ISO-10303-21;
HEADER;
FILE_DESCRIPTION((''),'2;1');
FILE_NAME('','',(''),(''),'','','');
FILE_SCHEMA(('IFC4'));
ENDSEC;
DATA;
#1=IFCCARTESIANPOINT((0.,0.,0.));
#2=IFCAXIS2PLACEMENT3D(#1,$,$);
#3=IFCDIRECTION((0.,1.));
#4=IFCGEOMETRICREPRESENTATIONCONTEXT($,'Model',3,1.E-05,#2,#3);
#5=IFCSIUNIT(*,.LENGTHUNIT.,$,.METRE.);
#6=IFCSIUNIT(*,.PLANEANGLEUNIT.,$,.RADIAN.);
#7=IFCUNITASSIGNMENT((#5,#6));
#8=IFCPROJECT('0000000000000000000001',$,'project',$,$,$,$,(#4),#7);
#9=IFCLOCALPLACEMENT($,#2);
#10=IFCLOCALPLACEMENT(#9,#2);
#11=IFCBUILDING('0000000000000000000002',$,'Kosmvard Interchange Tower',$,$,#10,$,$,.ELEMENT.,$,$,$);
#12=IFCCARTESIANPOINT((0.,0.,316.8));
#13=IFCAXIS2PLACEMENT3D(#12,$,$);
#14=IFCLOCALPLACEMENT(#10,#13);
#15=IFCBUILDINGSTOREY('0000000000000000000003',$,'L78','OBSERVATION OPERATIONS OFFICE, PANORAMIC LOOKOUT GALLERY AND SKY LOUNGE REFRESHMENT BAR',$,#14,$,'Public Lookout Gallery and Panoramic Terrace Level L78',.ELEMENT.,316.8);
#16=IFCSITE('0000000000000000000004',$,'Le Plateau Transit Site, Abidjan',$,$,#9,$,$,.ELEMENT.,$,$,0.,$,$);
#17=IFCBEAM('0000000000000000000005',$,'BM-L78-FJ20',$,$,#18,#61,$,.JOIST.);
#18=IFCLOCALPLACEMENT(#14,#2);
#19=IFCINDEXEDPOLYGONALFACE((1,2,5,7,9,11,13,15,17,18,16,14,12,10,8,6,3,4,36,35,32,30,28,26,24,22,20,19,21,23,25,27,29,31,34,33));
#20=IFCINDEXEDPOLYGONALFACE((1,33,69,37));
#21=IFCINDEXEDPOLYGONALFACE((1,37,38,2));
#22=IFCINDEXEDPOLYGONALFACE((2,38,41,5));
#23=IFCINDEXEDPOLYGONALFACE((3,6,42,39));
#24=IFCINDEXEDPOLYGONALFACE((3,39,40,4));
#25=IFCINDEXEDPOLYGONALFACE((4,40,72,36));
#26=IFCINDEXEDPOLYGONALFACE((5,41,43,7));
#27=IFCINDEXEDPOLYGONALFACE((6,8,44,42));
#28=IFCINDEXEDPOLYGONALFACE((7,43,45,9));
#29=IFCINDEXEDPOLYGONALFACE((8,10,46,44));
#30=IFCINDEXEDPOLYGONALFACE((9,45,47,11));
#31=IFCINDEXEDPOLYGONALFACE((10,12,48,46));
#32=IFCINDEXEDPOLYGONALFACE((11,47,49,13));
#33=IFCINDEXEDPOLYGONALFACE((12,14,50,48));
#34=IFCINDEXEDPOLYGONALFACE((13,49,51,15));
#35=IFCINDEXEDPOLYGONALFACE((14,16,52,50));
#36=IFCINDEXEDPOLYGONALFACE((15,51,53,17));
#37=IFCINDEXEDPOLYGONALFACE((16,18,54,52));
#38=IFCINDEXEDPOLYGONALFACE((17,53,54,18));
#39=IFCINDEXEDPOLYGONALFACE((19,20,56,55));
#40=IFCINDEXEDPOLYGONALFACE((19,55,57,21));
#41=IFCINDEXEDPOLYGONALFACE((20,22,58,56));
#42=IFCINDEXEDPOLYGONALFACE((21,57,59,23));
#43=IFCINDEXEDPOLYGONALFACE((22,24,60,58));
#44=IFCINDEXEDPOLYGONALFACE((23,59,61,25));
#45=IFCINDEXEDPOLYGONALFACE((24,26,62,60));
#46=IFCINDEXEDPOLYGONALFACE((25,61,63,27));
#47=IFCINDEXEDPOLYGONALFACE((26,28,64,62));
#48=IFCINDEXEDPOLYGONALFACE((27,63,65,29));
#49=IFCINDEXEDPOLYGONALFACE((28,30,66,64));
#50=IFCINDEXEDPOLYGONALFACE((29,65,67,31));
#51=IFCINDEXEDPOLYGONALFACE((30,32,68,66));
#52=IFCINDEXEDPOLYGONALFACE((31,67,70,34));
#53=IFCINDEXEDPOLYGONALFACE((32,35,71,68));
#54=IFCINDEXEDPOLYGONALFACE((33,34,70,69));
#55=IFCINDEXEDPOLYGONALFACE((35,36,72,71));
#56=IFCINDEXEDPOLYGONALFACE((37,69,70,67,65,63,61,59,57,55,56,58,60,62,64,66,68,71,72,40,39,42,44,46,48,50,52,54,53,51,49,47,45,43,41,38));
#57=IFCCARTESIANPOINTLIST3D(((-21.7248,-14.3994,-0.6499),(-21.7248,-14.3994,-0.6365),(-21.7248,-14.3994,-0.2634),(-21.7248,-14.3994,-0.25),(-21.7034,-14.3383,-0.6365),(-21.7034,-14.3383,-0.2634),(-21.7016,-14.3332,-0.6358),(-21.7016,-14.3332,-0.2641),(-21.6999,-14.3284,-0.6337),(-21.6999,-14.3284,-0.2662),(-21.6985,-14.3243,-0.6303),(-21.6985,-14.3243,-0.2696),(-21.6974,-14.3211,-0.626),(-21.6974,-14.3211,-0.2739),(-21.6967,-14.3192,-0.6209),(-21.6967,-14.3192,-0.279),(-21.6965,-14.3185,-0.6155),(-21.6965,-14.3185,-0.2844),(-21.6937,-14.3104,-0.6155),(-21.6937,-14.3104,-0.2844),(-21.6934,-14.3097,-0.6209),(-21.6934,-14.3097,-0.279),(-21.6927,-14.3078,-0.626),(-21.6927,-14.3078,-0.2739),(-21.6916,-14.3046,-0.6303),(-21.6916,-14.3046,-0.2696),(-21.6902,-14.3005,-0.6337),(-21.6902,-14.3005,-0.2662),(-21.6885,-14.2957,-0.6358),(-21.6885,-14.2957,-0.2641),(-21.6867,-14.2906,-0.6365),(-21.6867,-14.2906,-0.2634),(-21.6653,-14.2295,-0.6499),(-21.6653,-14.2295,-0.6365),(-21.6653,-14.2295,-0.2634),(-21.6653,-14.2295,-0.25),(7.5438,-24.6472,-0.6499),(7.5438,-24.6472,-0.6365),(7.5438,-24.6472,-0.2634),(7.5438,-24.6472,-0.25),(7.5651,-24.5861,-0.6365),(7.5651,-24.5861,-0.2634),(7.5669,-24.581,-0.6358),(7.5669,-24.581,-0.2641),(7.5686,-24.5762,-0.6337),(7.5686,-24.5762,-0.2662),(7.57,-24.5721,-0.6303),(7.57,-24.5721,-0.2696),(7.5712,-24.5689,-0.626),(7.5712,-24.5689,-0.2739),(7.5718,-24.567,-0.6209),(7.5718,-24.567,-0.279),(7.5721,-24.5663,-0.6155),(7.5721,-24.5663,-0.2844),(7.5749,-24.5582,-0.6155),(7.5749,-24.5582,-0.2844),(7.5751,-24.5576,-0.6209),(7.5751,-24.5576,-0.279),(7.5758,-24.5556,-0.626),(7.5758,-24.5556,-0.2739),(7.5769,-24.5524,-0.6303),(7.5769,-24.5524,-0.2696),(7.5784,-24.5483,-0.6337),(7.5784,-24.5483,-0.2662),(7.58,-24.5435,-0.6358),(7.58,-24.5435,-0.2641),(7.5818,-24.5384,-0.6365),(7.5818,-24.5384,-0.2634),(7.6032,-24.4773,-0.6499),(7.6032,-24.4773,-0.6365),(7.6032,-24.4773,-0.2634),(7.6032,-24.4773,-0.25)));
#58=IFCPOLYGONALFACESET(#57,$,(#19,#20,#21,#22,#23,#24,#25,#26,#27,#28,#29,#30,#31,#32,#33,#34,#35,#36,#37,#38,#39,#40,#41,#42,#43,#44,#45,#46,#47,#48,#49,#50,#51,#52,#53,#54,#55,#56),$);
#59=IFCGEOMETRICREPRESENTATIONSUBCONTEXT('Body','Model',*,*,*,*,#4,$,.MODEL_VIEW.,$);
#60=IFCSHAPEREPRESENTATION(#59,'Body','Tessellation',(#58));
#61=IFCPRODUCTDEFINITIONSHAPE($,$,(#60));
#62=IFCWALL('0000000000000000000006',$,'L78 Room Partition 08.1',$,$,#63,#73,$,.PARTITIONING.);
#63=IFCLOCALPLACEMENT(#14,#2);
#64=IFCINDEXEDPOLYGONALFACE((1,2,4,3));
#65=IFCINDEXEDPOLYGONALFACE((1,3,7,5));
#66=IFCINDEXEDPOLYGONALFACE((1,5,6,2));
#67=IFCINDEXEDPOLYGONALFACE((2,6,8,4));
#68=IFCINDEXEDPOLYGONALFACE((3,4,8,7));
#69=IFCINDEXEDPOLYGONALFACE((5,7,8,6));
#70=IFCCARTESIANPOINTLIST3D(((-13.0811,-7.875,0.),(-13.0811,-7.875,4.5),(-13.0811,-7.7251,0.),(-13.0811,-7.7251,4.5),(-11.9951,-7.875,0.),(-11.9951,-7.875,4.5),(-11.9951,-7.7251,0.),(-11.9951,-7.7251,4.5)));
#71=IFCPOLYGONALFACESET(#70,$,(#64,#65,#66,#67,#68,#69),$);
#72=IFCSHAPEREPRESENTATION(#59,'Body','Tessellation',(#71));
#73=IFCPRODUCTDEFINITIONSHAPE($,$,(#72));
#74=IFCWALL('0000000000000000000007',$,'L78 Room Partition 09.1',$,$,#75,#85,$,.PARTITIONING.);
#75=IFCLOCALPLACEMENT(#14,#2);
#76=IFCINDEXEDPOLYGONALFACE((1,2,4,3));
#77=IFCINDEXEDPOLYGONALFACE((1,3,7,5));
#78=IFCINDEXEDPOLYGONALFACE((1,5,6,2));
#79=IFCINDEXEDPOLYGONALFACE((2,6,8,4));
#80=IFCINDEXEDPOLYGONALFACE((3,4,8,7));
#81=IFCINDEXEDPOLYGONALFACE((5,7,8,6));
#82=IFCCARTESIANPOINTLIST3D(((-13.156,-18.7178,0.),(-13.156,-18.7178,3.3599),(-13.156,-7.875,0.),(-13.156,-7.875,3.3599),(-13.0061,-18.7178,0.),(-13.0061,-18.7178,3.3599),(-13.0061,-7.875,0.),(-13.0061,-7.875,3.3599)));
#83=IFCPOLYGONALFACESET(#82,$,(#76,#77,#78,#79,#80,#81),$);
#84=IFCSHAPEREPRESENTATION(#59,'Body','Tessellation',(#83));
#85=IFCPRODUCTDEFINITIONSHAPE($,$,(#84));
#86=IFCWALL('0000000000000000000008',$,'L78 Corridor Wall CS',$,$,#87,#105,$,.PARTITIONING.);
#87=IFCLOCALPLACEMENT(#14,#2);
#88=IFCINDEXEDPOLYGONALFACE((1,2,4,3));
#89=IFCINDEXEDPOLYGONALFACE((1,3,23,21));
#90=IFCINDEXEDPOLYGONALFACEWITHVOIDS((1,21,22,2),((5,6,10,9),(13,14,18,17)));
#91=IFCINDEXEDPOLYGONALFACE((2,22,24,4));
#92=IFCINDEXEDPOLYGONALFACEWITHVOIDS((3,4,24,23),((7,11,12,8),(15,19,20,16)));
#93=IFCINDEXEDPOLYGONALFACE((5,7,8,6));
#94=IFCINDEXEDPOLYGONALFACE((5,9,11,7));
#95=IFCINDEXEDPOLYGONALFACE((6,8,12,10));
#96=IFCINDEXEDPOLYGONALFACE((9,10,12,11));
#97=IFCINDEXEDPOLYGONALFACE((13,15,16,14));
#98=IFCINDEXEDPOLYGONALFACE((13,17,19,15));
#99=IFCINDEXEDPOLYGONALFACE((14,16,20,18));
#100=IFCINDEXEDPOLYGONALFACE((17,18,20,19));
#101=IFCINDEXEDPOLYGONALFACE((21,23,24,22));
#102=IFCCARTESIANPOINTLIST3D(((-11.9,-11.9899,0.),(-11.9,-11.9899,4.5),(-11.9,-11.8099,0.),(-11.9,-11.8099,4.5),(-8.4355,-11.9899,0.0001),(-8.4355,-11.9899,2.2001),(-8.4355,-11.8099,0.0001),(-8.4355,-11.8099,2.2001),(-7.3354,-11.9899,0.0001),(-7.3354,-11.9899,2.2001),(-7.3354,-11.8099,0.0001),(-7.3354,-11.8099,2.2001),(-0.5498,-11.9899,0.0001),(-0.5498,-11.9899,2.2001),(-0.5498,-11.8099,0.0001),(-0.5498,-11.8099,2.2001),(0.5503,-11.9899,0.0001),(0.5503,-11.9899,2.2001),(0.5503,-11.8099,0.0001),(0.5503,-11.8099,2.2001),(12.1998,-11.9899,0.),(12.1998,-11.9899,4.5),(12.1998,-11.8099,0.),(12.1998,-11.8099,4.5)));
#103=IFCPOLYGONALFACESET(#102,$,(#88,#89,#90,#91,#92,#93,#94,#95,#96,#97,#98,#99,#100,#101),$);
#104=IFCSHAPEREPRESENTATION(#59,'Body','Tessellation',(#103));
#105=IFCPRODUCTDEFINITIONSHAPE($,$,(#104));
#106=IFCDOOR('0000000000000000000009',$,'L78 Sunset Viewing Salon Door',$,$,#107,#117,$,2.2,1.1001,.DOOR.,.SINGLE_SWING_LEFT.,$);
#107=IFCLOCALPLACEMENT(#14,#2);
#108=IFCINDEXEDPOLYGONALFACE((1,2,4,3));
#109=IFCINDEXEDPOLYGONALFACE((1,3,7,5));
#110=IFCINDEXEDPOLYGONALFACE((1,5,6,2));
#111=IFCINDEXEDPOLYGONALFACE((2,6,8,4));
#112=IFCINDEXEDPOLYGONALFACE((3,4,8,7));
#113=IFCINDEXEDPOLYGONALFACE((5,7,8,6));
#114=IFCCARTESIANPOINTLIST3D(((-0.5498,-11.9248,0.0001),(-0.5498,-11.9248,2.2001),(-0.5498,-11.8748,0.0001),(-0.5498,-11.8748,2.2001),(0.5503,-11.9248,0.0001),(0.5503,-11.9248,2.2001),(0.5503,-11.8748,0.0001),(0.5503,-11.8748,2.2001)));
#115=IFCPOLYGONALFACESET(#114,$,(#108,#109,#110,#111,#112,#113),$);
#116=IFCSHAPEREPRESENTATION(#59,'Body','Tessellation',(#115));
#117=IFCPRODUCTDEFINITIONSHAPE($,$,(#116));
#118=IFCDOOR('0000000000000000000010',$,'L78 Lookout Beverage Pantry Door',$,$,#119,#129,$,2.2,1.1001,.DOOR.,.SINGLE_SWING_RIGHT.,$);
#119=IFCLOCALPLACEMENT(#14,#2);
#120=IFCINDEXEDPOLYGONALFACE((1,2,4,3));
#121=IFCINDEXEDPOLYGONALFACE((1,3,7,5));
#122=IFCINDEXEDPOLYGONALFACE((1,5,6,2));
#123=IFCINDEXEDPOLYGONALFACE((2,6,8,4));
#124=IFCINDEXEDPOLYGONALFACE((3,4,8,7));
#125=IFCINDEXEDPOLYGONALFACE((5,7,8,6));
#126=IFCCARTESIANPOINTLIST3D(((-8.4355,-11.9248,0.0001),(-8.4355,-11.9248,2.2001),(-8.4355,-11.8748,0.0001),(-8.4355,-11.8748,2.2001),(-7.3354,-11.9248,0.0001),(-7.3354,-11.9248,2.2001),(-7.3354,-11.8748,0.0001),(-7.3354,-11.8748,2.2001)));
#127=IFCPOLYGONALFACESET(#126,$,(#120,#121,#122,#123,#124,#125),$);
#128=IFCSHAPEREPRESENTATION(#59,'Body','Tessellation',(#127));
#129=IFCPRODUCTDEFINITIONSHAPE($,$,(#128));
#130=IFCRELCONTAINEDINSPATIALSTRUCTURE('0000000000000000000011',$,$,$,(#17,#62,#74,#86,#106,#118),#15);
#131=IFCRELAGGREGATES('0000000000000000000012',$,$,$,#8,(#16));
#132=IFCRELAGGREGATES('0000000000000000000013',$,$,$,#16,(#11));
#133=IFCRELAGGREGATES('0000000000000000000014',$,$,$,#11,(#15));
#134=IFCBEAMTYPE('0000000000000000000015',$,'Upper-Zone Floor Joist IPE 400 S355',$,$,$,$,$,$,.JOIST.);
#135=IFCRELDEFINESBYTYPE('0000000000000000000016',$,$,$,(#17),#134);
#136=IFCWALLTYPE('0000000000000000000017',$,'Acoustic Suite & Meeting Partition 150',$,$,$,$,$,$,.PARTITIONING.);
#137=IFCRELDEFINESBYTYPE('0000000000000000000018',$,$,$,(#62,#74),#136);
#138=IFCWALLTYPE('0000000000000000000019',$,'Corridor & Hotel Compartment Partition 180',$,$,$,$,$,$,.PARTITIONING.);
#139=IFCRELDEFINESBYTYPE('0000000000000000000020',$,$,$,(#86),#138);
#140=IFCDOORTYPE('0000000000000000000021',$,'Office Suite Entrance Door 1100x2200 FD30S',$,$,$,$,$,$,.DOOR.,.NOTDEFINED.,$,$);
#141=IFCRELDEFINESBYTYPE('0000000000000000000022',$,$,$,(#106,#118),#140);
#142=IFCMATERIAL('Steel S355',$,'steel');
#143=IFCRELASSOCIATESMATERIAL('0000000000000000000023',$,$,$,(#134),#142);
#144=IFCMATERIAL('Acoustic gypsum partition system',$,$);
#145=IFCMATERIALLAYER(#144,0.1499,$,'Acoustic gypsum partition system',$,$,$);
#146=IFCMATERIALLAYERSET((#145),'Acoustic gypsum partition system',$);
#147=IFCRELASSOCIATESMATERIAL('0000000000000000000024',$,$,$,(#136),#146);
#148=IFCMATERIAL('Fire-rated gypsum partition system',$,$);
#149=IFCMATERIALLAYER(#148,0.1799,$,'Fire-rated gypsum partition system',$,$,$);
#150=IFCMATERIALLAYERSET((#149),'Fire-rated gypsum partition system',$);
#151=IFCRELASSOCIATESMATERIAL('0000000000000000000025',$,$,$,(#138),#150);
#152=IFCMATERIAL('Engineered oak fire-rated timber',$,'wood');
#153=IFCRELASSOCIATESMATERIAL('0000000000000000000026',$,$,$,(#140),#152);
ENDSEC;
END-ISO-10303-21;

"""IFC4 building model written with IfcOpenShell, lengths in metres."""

from ifc_helpers import new_model, si_unit, direction, frame, frame_2d, origin, origin_2d, place, context, subcontext, project, spatial, rectangle, i_section, extrude, source, transform, mapped, material, layer, layer_set, material_profile, profile_set, type_object, element, fill, save


model = new_model("IFC4")

# Units and contexts
model_context = context("Model", 3, precision=1e-05, world=origin(), true_north=direction((0.0, 1.0)))
body_context = subcontext(model_context, "Body", "Model", "MODEL_VIEW")
ifc_project = project(units=[si_unit("LENGTHUNIT", "METRE"), si_unit("PLANEANGLEUNIT", "RADIAN")], contexts=[model_context])

# Site, building, storey
site_placement = place(None, origin())
site = spatial("IfcSite", under=ifc_project, at=site_placement, Name="Le Plateau Transit Site, Abidjan", CompositionType="ELEMENT", RefElevation=0.0)
building_placement = place(site_placement, origin())
building = spatial("IfcBuilding", under=site, at=building_placement, Name="Kosmvard Interchange Tower", CompositionType="ELEMENT")
storey_placement = place(building_placement, frame((0.0, 0.0, 316.8)))
storey = spatial("IfcBuildingStorey", under=building, at=storey_placement, Name="L78", Description="OBSERVATION OPERATIONS OFFICE, PANORAMIC LOOKOUT GALLERY AND SKY LOUNGE REFRESHMENT BAR", LongName="Public Lookout Gallery and Panoramic Terrace Level L78", CompositionType="ELEMENT", Elevation=316.8)

# Beam
ifc_material_1 = material(Name="Steel S355", Category="steel")
ifc_material_profile_1 = material_profile(ifc_material_1, i_section(OverallWidth=0.1799, OverallDepth=0.3999, WebThickness=0.0085, FlangeThickness=0.0134, FilletRadius=0.021, at=origin_2d()), Name="IPE 400")
ifc_profile_set_1 = profile_set([ifc_material_profile_1], Name="Steel S355")
beam_type_1 = type_object("IfcBeamType", Name="Upper-Zone Floor Joist IPE 400 S355", PredefinedType="JOIST", material=ifc_profile_set_1)
shared_shape_1 = source(origin(), body_context, "Body", "SweptSolid", [
    extrude(i_section(OverallWidth=0.1799, OverallDepth=0.3999, WebThickness=0.0085, FlangeThickness=0.0134, FilletRadius=0.021, at=origin_2d()), origin(), (0.0, 0.0, 1.0), 31.0107),
])
beam_1_placement = place(storey_placement, frame((-21.6951, -14.3145, -0.45), z_axis=(0.94382, -0.33046, 0.0), x_axis=(0.33046, 0.94382, 0.0)))
element("IfcBeam", 1, at=beam_1_placement, inside=storey, type_object=beam_type_1, Name="BM-L78-FJ20", PredefinedType="JOIST", context=body_context, shape_type="MappedRepresentation", body=[
    mapped(shared_shape_1, transform((0.0, 0.0, 0.0), scale=1.0)),
])

# Walls
ifc_material_2 = material(Name="Acoustic gypsum partition system")
ifc_layer_1 = layer(ifc_material_2, 0.1499, Name="Acoustic gypsum partition system")
ifc_layer_set_1 = layer_set([ifc_layer_1], Name="Acoustic gypsum partition system")
wall_type_1 = type_object("IfcWallType", Name="Acoustic Suite & Meeting Partition 150", PredefinedType="PARTITIONING", material=ifc_layer_set_1)
wall_1_placement = place(storey_placement, frame((-11.9951, -7.8, 0.0), z_axis=(0.0, 0.0, 1.0), x_axis=(-1.0, 0.0, 0.0)))
element("IfcWall", 2, at=wall_1_placement, inside=storey, type_object=wall_type_1, Name="L78 Room Partition 08.1", PredefinedType="PARTITIONING", context=body_context, shape_type="SweptSolid", body=[
    extrude(rectangle(XDim=1.0859, YDim=0.1499, at=frame_2d((0.543, 0.0))), origin(), (0.0, 0.0, 1.0), 4.5),
])
wall_2_placement = place(storey_placement, frame((-13.0811, -7.875, 0.0), z_axis=(0.0, 0.0, 1.0), x_axis=(0.0, -1.0, 0.0)))
element("IfcWall", 3, at=wall_2_placement, inside=storey, type_object=wall_type_1, Name="L78 Room Partition 09.1", PredefinedType="PARTITIONING", context=body_context, shape_type="SweptSolid", body=[
    extrude(rectangle(XDim=10.8428, YDim=0.1499, at=frame_2d((5.4214, 0.0))), origin(), (0.0, 0.0, 1.0), 3.3599),
])

# Wall, openings, doors
ifc_material_3 = material(Name="Fire-rated gypsum partition system")
ifc_layer_2 = layer(ifc_material_3, 0.1799, Name="Fire-rated gypsum partition system")
ifc_layer_set_2 = layer_set([ifc_layer_2], Name="Fire-rated gypsum partition system")
wall_type_2 = type_object("IfcWallType", Name="Corridor & Hotel Compartment Partition 180", PredefinedType="PARTITIONING", material=ifc_layer_set_2)
wall_3_placement = place(storey_placement, frame((-11.8999, -11.8999, 0.0), z_axis=(0.0, 0.0, 1.0), x_axis=(1.0, 0.0, 0.0)))
wall_3 = element("IfcWall", 4, at=wall_3_placement, inside=storey, type_object=wall_type_2, Name="L78 Corridor Wall CS", PredefinedType="PARTITIONING", context=body_context, shape_type="SweptSolid", body=[
    extrude(rectangle(XDim=24.0999, YDim=0.1799, at=frame_2d((12.0498, 0.0))), origin(), (0.0, 0.0, 1.0), 4.5),
])
opening_1_placement = place(wall_3_placement, frame((11.3501, 0.0, 0.0)))
opening_1 = element("IfcOpeningElement", 5, at=opening_1_placement, cuts=wall_3, PredefinedType="OPENING", context=body_context, shape_type="SweptSolid", body=[
    extrude(rectangle(XDim=1.1001, YDim=2.2, at=frame_2d((0.55, 1.1001))), frame((0.0, 0.1001, 0.0), z_axis=(0.0, -1.0, 0.0), x_axis=(1.0, 0.0, 0.0)), (0.0, 0.0, 1.0), 0.2),
])
opening_2_placement = place(wall_3_placement, frame((3.4644, 0.0, 0.0)))
opening_2 = element("IfcOpeningElement", 6, at=opening_2_placement, cuts=wall_3, PredefinedType="OPENING", context=body_context, shape_type="SweptSolid", body=[
    extrude(rectangle(XDim=1.1001, YDim=2.2, at=frame_2d((0.55, 1.1001))), frame((0.0, 0.1001, 0.0), z_axis=(0.0, -1.0, 0.0), x_axis=(1.0, 0.0, 0.0)), (0.0, 0.0, 1.0), 0.2),
])
ifc_material_4 = material(Name="Engineered oak fire-rated timber", Category="wood")
door_type_1 = type_object("IfcDoorType", Name="Office Suite Entrance Door 1100x2200 FD30S", OperationType="NOTDEFINED", PredefinedType="DOOR", material=ifc_material_4)
shared_shape_2 = source(origin(), body_context, "Body", "SweptSolid", [
    extrude(rectangle(XDim=1.1001, YDim=2.2, at=frame_2d((0.55, 1.1001))), frame((0.0, 0.0249, 0.0), z_axis=(0.0, -1.0, 0.0), x_axis=(1.0, 0.0, 0.0)), (0.0, 0.0, 1.0), 0.05),
])
door_1_placement = place(opening_1_placement, frame((1.1001, 0.0, 0.0), z_axis=(0.0, 0.0, 1.0), x_axis=(-1.0, 0.0, 0.0)))
door_1 = element("IfcDoor", 7, at=door_1_placement, inside=storey, type_object=door_type_1, Name="L78 Sunset Viewing Salon Door", OperationType="SINGLE_SWING_LEFT", OverallHeight=2.2, OverallWidth=1.1001, PredefinedType="DOOR", context=body_context, shape_type="MappedRepresentation", body=[
    mapped(shared_shape_2, transform((0.0, 0.0, 0.0), scale=1.0)),
])
fill(opening_1, door_1)
door_2_placement = place(opening_2_placement, frame((1.1001, 0.0, 0.0), z_axis=(0.0, 0.0, 1.0), x_axis=(-1.0, 0.0, 0.0)))
door_2 = element("IfcDoor", 8, at=door_2_placement, inside=storey, type_object=door_type_1, Name="L78 Lookout Beverage Pantry Door", OperationType="SINGLE_SWING_RIGHT", OverallHeight=2.2, OverallWidth=1.1001, PredefinedType="DOOR", context=body_context, shape_type="MappedRepresentation", body=[
    mapped(shared_shape_2, transform((0.0, 0.0, 0.0), scale=1.0)),
])
fill(opening_2, door_2)

save(model, "model.ifc")
